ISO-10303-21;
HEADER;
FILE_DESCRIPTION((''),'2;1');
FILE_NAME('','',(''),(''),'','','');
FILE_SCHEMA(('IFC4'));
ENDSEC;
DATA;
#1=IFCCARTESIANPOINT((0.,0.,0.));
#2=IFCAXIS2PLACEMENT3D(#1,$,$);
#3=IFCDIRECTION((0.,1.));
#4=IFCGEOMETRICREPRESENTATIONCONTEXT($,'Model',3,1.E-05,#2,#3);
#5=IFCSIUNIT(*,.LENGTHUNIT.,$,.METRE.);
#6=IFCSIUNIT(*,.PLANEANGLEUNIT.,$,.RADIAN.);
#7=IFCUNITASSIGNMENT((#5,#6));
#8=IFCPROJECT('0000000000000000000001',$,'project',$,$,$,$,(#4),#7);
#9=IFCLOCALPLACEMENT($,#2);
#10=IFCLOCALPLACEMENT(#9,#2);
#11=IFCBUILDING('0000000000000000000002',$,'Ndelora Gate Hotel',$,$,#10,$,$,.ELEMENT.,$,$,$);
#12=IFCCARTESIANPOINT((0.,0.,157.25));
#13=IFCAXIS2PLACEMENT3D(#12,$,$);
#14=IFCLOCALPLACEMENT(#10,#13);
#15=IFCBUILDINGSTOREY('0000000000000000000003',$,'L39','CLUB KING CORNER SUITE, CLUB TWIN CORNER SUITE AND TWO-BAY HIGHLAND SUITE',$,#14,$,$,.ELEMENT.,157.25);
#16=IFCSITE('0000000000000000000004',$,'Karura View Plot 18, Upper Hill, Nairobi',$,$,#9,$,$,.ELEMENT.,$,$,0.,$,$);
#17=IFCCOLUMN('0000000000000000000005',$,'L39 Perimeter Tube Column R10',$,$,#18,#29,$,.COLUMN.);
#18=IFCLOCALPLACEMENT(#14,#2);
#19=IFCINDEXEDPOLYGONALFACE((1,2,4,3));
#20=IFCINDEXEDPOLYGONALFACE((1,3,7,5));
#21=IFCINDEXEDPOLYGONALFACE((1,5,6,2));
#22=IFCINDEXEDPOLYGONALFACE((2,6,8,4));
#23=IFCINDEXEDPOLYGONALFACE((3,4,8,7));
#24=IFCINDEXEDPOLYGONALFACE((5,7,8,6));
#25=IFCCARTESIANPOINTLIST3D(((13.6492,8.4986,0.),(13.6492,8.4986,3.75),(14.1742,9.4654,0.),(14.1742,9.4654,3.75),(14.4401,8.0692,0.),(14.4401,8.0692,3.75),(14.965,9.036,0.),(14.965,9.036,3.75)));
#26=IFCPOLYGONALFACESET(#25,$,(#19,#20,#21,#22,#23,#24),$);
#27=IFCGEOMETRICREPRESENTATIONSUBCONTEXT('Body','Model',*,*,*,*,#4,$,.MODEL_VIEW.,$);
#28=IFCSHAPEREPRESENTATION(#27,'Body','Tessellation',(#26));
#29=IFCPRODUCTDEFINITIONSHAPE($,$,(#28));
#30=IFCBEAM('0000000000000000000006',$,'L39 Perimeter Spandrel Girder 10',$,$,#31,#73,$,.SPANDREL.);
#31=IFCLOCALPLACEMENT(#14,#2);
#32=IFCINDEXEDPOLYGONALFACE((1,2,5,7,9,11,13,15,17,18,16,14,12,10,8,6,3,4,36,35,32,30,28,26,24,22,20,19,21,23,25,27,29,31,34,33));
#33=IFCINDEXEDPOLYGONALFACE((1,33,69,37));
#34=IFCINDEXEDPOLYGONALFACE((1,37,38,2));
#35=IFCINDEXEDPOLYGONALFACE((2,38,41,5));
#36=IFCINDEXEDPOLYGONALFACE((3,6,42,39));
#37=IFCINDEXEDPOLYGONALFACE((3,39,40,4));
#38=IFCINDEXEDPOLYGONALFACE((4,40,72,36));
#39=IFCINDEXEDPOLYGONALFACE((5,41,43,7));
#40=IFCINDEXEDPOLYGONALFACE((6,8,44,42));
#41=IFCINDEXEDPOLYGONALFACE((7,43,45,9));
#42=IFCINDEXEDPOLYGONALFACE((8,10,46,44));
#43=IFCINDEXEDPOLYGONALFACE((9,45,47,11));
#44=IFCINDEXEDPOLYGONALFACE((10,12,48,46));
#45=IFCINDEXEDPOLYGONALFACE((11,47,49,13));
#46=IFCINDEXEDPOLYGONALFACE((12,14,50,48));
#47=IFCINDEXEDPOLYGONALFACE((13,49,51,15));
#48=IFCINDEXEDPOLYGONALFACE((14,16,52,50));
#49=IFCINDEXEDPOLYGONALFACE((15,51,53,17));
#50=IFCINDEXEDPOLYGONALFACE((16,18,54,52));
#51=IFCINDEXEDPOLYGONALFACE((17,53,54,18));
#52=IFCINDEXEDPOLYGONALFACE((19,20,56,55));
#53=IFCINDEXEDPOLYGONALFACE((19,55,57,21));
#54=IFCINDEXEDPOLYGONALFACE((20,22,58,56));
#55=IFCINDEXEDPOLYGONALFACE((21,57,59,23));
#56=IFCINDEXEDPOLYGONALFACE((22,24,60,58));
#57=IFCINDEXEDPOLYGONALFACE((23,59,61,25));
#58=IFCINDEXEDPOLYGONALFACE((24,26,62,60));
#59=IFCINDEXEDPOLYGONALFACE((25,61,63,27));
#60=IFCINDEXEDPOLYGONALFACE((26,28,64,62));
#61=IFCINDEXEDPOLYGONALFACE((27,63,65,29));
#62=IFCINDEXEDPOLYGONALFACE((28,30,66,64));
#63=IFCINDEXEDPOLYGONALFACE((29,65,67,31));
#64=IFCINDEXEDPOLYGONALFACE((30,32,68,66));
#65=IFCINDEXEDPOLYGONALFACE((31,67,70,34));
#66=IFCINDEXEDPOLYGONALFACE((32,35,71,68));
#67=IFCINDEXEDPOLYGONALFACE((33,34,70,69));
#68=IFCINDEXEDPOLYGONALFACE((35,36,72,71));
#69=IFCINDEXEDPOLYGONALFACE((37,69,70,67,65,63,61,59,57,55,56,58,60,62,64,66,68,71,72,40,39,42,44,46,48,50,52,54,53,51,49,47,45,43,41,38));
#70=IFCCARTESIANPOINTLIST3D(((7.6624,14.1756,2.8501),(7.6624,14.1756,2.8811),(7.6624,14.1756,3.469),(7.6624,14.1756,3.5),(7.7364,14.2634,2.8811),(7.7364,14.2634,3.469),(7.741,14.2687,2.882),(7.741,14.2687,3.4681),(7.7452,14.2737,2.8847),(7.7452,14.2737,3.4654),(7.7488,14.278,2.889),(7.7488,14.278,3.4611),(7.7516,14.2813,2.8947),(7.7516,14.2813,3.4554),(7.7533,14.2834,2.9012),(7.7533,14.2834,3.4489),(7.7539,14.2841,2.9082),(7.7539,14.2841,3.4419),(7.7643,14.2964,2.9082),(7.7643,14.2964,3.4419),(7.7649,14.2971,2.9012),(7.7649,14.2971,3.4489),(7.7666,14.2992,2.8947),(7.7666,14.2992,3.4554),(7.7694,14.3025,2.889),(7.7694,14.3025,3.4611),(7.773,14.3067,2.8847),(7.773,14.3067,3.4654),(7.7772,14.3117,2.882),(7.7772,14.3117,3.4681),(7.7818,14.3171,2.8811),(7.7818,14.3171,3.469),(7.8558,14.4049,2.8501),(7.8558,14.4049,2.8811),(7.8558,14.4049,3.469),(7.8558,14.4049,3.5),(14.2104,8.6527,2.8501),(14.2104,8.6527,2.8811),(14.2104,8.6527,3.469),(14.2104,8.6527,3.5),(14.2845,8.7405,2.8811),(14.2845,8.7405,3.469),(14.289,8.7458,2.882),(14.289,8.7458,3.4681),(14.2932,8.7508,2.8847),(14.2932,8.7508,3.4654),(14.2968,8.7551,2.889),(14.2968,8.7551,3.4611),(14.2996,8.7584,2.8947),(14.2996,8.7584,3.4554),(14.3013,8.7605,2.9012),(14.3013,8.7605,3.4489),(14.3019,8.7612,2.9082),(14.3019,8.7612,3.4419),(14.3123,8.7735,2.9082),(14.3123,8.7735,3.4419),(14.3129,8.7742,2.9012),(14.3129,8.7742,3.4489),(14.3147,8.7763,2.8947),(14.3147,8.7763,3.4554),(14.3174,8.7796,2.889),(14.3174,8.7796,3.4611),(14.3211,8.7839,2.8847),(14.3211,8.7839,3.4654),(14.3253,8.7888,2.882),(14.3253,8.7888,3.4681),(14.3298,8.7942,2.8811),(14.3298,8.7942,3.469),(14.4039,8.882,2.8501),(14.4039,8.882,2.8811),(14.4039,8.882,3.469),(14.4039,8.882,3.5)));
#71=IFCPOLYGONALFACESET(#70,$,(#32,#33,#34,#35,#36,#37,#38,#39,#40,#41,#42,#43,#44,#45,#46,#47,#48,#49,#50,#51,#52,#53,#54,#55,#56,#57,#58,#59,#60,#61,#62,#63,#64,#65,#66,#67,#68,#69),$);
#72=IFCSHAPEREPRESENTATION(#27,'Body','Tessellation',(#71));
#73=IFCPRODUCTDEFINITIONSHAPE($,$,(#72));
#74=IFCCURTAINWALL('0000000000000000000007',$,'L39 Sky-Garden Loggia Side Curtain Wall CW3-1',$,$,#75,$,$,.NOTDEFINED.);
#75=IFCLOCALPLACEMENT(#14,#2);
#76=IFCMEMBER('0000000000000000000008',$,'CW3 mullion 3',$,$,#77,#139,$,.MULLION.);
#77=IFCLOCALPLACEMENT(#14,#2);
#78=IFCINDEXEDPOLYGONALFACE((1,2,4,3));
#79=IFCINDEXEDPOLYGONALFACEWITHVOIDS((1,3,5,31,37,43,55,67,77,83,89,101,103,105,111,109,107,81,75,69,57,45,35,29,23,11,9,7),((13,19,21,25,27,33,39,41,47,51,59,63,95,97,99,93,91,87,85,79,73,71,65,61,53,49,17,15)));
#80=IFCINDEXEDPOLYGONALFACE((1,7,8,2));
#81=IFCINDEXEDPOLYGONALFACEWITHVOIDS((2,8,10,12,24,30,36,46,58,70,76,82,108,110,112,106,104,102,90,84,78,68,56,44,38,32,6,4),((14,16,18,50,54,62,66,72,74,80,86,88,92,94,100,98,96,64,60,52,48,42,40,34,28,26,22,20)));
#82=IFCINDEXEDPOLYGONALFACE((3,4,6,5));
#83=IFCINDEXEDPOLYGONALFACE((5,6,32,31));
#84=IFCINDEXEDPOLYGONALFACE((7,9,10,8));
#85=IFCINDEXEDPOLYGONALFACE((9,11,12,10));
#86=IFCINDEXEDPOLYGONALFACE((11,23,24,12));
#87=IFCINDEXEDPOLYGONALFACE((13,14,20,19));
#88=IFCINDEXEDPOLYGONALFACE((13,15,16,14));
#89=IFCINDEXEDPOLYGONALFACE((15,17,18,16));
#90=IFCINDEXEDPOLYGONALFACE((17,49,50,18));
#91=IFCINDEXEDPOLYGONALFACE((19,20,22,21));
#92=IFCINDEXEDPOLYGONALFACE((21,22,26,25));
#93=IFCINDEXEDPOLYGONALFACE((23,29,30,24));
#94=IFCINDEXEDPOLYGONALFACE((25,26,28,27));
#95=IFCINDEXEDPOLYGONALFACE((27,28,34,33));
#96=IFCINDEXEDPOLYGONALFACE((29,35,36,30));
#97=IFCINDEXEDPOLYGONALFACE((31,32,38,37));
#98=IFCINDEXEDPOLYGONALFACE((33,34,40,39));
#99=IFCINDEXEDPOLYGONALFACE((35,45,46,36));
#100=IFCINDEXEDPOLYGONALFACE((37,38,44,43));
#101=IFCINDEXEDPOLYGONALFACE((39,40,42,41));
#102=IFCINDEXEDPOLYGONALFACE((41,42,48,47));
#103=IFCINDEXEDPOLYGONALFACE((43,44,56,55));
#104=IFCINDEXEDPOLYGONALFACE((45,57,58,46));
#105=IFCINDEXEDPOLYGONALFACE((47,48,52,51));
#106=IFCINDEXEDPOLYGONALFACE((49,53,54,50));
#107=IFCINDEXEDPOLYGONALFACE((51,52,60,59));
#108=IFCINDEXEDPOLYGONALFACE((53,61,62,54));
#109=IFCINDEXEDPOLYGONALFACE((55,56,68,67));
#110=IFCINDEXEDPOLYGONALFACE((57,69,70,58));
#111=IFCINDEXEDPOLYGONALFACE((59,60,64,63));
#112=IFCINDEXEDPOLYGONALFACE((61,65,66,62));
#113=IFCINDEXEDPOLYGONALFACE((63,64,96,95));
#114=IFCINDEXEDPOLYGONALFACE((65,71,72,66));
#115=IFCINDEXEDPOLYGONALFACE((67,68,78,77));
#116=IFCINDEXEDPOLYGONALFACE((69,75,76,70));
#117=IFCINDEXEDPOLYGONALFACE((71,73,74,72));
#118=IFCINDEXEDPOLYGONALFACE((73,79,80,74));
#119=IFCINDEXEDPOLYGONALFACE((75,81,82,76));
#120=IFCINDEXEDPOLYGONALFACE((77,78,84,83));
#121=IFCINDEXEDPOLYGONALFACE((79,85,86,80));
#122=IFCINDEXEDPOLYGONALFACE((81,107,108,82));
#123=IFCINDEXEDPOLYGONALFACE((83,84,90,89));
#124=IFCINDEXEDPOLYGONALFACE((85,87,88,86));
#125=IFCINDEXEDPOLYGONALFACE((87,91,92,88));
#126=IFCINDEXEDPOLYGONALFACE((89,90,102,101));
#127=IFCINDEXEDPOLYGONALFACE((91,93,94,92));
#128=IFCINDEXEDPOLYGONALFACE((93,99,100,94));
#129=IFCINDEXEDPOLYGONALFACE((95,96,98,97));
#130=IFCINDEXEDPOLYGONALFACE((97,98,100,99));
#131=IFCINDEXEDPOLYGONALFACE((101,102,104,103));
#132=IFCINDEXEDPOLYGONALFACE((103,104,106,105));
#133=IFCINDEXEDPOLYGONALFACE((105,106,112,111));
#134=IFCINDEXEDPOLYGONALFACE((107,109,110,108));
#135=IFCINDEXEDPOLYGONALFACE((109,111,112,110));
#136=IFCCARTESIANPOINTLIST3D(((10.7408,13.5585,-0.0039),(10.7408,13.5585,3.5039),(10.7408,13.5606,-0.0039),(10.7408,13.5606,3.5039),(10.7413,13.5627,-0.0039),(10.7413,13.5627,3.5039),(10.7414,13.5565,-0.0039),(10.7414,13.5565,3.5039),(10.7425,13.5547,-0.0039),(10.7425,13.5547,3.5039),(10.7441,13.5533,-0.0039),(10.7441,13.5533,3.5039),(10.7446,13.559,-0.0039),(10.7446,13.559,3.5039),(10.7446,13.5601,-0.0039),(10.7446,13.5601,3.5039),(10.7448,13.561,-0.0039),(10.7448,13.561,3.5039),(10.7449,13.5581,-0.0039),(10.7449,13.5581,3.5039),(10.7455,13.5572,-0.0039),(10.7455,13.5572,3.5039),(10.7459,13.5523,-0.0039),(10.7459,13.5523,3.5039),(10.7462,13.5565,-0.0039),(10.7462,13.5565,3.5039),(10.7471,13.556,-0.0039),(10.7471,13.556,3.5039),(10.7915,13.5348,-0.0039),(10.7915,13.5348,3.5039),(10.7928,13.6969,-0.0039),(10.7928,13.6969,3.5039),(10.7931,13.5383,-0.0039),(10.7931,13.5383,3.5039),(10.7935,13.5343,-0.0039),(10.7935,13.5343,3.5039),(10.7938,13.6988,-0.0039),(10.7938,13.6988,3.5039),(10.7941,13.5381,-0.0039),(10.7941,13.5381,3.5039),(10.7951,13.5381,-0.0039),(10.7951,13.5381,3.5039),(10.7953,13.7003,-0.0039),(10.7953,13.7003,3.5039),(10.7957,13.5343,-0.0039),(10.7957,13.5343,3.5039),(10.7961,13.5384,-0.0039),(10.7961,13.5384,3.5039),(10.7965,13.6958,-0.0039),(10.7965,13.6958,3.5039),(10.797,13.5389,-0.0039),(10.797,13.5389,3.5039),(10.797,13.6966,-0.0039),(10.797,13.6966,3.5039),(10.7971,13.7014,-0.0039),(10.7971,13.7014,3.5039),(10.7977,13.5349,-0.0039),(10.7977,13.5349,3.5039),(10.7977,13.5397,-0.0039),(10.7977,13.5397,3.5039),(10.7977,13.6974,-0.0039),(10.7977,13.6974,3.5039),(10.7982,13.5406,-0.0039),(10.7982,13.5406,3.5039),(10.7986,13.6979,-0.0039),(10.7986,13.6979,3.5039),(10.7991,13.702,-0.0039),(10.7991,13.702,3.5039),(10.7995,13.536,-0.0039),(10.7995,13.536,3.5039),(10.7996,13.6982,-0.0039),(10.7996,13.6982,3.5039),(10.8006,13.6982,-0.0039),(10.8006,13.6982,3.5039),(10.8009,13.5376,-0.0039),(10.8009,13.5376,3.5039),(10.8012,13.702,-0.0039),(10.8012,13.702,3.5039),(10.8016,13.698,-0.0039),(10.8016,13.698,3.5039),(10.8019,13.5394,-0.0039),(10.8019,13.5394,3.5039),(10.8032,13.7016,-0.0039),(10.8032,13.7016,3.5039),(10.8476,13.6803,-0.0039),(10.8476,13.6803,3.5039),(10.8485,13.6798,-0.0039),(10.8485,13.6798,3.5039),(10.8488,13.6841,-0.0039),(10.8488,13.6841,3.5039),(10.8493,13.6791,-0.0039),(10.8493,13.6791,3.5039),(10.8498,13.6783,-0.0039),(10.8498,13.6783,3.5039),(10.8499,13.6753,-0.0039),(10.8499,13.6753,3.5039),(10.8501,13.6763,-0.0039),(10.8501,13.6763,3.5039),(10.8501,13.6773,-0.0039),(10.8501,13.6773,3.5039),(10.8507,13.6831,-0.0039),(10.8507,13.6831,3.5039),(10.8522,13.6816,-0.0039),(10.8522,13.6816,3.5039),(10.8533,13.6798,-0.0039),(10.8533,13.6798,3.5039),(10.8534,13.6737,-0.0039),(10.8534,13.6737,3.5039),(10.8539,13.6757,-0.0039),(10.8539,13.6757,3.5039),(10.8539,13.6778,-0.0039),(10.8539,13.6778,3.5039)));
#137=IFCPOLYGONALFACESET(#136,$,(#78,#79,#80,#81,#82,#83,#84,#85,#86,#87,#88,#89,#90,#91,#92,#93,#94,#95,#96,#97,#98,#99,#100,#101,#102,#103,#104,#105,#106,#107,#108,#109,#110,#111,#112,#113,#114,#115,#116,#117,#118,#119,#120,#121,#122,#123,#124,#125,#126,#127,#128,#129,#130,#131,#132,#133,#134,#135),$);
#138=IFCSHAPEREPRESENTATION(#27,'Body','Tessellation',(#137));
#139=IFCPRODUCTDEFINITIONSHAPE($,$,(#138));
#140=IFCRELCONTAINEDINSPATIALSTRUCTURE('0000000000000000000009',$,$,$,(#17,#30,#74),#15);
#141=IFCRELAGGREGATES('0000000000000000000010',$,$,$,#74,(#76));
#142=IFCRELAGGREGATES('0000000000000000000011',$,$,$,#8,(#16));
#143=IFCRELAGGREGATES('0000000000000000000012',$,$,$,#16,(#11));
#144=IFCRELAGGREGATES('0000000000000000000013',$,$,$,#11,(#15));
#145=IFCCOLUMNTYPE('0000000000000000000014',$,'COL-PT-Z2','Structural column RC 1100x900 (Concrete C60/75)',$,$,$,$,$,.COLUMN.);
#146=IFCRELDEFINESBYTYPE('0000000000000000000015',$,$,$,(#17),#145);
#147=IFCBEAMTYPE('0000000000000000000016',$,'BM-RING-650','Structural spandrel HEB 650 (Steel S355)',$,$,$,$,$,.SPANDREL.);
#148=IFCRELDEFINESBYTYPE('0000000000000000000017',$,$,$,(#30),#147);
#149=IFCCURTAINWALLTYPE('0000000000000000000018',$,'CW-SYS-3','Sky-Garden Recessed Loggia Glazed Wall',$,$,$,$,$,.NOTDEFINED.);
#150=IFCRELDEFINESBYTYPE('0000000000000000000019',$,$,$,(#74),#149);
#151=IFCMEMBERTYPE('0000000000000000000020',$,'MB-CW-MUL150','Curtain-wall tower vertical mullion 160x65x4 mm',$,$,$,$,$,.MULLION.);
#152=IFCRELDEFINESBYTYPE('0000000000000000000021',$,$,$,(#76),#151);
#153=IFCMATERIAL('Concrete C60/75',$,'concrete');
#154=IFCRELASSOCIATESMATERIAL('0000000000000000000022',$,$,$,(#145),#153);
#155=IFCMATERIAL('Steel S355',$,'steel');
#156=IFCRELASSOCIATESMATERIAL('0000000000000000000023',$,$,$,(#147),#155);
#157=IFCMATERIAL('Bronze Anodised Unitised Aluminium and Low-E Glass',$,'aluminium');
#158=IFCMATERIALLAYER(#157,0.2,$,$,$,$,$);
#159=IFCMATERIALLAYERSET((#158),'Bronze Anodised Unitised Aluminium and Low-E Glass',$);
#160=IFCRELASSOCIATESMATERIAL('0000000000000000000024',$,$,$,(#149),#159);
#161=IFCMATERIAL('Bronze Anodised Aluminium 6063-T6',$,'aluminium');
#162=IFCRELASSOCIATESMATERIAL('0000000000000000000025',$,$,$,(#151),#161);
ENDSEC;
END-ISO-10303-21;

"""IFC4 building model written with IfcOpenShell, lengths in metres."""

from ifc_helpers import new_model, si_unit, direction, frame, origin, origin_2d, place, context, subcontext, project, spatial, rectangle, hollow_rectangle, i_section, extrude, material, layer, layer_set, material_profile, profile_set, type_object, element, aggregate, save


model = new_model("IFC4")

# Units and contexts
model_context = context("Model", 3, precision=1e-05, world=origin(), true_north=direction((0.0, 1.0)))
body_context = subcontext(model_context, "Body", "Model", "MODEL_VIEW")
ifc_project = project(units=[si_unit("LENGTHUNIT", "METRE"), si_unit("PLANEANGLEUNIT", "RADIAN")], contexts=[model_context])

# Site, building, storey
site_placement = place(None, origin())
site = spatial("IfcSite", under=ifc_project, at=site_placement, Name="Karura View Plot 18, Upper Hill, Nairobi", CompositionType="ELEMENT", RefElevation=0.0)
building_placement = place(site_placement, origin())
building = spatial("IfcBuilding", under=site, at=building_placement, Name="Ndelora Gate Hotel", CompositionType="ELEMENT")
storey_placement = place(building_placement, frame((0.0, 0.0, 157.25)))
storey = spatial("IfcBuildingStorey", under=building, at=storey_placement, Name="L39", Description="CLUB KING CORNER SUITE, CLUB TWIN CORNER SUITE AND TWO-BAY HIGHLAND SUITE", CompositionType="ELEMENT", Elevation=157.25)

# Column
ifc_material_1 = material(Name="Concrete C60/75", Category="concrete")
ifc_material_profile_1 = material_profile(ifc_material_1, rectangle(XDim=0.8999, YDim=1.1001, at=origin_2d()), Name="RC 1100x900")
ifc_profile_set_1 = profile_set([ifc_material_profile_1], Name="Concrete C60/75")
column_type = type_object("IfcColumnType", Name="COL-PT-Z2", Description="Structural column RC 1100x900 (Concrete C60/75)", PredefinedType="COLUMN", material=ifc_profile_set_1)
column_placement = place(storey_placement, frame((14.3071, 8.7673, 0.0), z_axis=(0.0, 0.0, 1.0), x_axis=(-0.878817, 0.477159, 0.0)))
element("IfcColumn", 1, at=column_placement, inside=storey, type_object=column_type, Name="L39 Perimeter Tube Column R10", PredefinedType="COLUMN", context=body_context, shape_type="SweptSolid", body=[
    extrude(rectangle(XDim=0.8999, YDim=1.1001, at=origin_2d()), origin(), (0.0, 0.0, 1.0), 3.75),
])

# Beam
ifc_material_2 = material(Name="Steel S355", Category="steel")
ifc_material_profile_2 = material_profile(ifc_material_2, i_section(OverallWidth=0.3, OverallDepth=0.6499, WebThickness=0.0161, FlangeThickness=0.031, FilletRadius=0.0271, at=origin_2d()), Name="HEB 650")
ifc_profile_set_2 = profile_set([ifc_material_profile_2], Name="Steel S355")
beam_type = type_object("IfcBeamType", Name="BM-RING-650", Description="Structural spandrel HEB 650 (Steel S355)", PredefinedType="SPANDREL", material=ifc_profile_set_2)
beam_placement = place(storey_placement, frame((14.3071, 8.7673, 3.175), z_axis=(-0.764407, 0.644734, 0.0), x_axis=(-0.644734, -0.764407, 0.0)))
element("IfcBeam", 2, at=beam_placement, inside=storey, type_object=beam_type, Name="L39 Perimeter Spandrel Girder 10", PredefinedType="SPANDREL", context=body_context, shape_type="SweptSolid", body=[
    extrude(i_section(OverallWidth=0.3, OverallDepth=0.6499, WebThickness=0.0161, FlangeThickness=0.031, FilletRadius=0.0271, at=origin_2d()), origin(), (0.0, 0.0, 1.0), 8.5662),
])

# Curtain wall, member
ifc_material_3 = material(Name="Bronze Anodised Unitised Aluminium and Low-E Glass", Category="aluminium")
ifc_layer_1 = layer(ifc_material_3, 0.2)
ifc_layer_set_1 = layer_set([ifc_layer_1], Name="Bronze Anodised Unitised Aluminium and Low-E Glass")
curtain_wall_type = type_object("IfcCurtainWallType", Name="CW-SYS-3", Description="Sky-Garden Recessed Loggia Glazed Wall", PredefinedType="NOTDEFINED", material=ifc_layer_set_1)
curtain_wall_placement = place(storey_placement, origin())
curtain_wall = element("IfcCurtainWall", 3, at=curtain_wall_placement, inside=storey, type_object=curtain_wall_type, Name="L39 Sky-Garden Loggia Side Curtain Wall CW3-1", PredefinedType="NOTDEFINED")
ifc_material_4 = material(Name="Bronze Anodised Aluminium 6063-T6", Category="aluminium")
ifc_material_profile_3 = material_profile(ifc_material_4, hollow_rectangle(XDim=0.0649, YDim=0.1599, WallThickness=0.0039, InnerFilletRadius=0.0039, OuterFilletRadius=0.0081, at=origin_2d()), Name="ALU 160x65x4")
ifc_profile_set_3 = profile_set([ifc_material_profile_3], Name="Bronze Anodised Aluminium 6063-T6")
member_type_1 = type_object("IfcMemberType", Name="MB-CW-MUL150", Description="Curtain-wall tower vertical mullion 160x65x4 mm", PredefinedType="MULLION", material=ifc_profile_set_3)
member_1_placement = place(storey_placement, frame((10.7974, 13.6182, -0.0039), z_axis=(0.0, 0.0, 1.0), x_axis=(-0.933583, 0.358361, 0.0)))
member_1 = element("IfcMember", 4, at=member_1_placement, type_object=member_type_1, Name="CW3 mullion 3", PredefinedType="MULLION", context=body_context, shape_type="SweptSolid", body=[
    extrude(hollow_rectangle(XDim=0.0649, YDim=0.1599, WallThickness=0.0039, InnerFilletRadius=0.0039, OuterFilletRadius=0.0081, at=origin_2d()), origin(), (0.0, 0.0, 1.0), 3.5078),
])
aggregate(curtain_wall, [member_1])

save(model, "model.ifc")
